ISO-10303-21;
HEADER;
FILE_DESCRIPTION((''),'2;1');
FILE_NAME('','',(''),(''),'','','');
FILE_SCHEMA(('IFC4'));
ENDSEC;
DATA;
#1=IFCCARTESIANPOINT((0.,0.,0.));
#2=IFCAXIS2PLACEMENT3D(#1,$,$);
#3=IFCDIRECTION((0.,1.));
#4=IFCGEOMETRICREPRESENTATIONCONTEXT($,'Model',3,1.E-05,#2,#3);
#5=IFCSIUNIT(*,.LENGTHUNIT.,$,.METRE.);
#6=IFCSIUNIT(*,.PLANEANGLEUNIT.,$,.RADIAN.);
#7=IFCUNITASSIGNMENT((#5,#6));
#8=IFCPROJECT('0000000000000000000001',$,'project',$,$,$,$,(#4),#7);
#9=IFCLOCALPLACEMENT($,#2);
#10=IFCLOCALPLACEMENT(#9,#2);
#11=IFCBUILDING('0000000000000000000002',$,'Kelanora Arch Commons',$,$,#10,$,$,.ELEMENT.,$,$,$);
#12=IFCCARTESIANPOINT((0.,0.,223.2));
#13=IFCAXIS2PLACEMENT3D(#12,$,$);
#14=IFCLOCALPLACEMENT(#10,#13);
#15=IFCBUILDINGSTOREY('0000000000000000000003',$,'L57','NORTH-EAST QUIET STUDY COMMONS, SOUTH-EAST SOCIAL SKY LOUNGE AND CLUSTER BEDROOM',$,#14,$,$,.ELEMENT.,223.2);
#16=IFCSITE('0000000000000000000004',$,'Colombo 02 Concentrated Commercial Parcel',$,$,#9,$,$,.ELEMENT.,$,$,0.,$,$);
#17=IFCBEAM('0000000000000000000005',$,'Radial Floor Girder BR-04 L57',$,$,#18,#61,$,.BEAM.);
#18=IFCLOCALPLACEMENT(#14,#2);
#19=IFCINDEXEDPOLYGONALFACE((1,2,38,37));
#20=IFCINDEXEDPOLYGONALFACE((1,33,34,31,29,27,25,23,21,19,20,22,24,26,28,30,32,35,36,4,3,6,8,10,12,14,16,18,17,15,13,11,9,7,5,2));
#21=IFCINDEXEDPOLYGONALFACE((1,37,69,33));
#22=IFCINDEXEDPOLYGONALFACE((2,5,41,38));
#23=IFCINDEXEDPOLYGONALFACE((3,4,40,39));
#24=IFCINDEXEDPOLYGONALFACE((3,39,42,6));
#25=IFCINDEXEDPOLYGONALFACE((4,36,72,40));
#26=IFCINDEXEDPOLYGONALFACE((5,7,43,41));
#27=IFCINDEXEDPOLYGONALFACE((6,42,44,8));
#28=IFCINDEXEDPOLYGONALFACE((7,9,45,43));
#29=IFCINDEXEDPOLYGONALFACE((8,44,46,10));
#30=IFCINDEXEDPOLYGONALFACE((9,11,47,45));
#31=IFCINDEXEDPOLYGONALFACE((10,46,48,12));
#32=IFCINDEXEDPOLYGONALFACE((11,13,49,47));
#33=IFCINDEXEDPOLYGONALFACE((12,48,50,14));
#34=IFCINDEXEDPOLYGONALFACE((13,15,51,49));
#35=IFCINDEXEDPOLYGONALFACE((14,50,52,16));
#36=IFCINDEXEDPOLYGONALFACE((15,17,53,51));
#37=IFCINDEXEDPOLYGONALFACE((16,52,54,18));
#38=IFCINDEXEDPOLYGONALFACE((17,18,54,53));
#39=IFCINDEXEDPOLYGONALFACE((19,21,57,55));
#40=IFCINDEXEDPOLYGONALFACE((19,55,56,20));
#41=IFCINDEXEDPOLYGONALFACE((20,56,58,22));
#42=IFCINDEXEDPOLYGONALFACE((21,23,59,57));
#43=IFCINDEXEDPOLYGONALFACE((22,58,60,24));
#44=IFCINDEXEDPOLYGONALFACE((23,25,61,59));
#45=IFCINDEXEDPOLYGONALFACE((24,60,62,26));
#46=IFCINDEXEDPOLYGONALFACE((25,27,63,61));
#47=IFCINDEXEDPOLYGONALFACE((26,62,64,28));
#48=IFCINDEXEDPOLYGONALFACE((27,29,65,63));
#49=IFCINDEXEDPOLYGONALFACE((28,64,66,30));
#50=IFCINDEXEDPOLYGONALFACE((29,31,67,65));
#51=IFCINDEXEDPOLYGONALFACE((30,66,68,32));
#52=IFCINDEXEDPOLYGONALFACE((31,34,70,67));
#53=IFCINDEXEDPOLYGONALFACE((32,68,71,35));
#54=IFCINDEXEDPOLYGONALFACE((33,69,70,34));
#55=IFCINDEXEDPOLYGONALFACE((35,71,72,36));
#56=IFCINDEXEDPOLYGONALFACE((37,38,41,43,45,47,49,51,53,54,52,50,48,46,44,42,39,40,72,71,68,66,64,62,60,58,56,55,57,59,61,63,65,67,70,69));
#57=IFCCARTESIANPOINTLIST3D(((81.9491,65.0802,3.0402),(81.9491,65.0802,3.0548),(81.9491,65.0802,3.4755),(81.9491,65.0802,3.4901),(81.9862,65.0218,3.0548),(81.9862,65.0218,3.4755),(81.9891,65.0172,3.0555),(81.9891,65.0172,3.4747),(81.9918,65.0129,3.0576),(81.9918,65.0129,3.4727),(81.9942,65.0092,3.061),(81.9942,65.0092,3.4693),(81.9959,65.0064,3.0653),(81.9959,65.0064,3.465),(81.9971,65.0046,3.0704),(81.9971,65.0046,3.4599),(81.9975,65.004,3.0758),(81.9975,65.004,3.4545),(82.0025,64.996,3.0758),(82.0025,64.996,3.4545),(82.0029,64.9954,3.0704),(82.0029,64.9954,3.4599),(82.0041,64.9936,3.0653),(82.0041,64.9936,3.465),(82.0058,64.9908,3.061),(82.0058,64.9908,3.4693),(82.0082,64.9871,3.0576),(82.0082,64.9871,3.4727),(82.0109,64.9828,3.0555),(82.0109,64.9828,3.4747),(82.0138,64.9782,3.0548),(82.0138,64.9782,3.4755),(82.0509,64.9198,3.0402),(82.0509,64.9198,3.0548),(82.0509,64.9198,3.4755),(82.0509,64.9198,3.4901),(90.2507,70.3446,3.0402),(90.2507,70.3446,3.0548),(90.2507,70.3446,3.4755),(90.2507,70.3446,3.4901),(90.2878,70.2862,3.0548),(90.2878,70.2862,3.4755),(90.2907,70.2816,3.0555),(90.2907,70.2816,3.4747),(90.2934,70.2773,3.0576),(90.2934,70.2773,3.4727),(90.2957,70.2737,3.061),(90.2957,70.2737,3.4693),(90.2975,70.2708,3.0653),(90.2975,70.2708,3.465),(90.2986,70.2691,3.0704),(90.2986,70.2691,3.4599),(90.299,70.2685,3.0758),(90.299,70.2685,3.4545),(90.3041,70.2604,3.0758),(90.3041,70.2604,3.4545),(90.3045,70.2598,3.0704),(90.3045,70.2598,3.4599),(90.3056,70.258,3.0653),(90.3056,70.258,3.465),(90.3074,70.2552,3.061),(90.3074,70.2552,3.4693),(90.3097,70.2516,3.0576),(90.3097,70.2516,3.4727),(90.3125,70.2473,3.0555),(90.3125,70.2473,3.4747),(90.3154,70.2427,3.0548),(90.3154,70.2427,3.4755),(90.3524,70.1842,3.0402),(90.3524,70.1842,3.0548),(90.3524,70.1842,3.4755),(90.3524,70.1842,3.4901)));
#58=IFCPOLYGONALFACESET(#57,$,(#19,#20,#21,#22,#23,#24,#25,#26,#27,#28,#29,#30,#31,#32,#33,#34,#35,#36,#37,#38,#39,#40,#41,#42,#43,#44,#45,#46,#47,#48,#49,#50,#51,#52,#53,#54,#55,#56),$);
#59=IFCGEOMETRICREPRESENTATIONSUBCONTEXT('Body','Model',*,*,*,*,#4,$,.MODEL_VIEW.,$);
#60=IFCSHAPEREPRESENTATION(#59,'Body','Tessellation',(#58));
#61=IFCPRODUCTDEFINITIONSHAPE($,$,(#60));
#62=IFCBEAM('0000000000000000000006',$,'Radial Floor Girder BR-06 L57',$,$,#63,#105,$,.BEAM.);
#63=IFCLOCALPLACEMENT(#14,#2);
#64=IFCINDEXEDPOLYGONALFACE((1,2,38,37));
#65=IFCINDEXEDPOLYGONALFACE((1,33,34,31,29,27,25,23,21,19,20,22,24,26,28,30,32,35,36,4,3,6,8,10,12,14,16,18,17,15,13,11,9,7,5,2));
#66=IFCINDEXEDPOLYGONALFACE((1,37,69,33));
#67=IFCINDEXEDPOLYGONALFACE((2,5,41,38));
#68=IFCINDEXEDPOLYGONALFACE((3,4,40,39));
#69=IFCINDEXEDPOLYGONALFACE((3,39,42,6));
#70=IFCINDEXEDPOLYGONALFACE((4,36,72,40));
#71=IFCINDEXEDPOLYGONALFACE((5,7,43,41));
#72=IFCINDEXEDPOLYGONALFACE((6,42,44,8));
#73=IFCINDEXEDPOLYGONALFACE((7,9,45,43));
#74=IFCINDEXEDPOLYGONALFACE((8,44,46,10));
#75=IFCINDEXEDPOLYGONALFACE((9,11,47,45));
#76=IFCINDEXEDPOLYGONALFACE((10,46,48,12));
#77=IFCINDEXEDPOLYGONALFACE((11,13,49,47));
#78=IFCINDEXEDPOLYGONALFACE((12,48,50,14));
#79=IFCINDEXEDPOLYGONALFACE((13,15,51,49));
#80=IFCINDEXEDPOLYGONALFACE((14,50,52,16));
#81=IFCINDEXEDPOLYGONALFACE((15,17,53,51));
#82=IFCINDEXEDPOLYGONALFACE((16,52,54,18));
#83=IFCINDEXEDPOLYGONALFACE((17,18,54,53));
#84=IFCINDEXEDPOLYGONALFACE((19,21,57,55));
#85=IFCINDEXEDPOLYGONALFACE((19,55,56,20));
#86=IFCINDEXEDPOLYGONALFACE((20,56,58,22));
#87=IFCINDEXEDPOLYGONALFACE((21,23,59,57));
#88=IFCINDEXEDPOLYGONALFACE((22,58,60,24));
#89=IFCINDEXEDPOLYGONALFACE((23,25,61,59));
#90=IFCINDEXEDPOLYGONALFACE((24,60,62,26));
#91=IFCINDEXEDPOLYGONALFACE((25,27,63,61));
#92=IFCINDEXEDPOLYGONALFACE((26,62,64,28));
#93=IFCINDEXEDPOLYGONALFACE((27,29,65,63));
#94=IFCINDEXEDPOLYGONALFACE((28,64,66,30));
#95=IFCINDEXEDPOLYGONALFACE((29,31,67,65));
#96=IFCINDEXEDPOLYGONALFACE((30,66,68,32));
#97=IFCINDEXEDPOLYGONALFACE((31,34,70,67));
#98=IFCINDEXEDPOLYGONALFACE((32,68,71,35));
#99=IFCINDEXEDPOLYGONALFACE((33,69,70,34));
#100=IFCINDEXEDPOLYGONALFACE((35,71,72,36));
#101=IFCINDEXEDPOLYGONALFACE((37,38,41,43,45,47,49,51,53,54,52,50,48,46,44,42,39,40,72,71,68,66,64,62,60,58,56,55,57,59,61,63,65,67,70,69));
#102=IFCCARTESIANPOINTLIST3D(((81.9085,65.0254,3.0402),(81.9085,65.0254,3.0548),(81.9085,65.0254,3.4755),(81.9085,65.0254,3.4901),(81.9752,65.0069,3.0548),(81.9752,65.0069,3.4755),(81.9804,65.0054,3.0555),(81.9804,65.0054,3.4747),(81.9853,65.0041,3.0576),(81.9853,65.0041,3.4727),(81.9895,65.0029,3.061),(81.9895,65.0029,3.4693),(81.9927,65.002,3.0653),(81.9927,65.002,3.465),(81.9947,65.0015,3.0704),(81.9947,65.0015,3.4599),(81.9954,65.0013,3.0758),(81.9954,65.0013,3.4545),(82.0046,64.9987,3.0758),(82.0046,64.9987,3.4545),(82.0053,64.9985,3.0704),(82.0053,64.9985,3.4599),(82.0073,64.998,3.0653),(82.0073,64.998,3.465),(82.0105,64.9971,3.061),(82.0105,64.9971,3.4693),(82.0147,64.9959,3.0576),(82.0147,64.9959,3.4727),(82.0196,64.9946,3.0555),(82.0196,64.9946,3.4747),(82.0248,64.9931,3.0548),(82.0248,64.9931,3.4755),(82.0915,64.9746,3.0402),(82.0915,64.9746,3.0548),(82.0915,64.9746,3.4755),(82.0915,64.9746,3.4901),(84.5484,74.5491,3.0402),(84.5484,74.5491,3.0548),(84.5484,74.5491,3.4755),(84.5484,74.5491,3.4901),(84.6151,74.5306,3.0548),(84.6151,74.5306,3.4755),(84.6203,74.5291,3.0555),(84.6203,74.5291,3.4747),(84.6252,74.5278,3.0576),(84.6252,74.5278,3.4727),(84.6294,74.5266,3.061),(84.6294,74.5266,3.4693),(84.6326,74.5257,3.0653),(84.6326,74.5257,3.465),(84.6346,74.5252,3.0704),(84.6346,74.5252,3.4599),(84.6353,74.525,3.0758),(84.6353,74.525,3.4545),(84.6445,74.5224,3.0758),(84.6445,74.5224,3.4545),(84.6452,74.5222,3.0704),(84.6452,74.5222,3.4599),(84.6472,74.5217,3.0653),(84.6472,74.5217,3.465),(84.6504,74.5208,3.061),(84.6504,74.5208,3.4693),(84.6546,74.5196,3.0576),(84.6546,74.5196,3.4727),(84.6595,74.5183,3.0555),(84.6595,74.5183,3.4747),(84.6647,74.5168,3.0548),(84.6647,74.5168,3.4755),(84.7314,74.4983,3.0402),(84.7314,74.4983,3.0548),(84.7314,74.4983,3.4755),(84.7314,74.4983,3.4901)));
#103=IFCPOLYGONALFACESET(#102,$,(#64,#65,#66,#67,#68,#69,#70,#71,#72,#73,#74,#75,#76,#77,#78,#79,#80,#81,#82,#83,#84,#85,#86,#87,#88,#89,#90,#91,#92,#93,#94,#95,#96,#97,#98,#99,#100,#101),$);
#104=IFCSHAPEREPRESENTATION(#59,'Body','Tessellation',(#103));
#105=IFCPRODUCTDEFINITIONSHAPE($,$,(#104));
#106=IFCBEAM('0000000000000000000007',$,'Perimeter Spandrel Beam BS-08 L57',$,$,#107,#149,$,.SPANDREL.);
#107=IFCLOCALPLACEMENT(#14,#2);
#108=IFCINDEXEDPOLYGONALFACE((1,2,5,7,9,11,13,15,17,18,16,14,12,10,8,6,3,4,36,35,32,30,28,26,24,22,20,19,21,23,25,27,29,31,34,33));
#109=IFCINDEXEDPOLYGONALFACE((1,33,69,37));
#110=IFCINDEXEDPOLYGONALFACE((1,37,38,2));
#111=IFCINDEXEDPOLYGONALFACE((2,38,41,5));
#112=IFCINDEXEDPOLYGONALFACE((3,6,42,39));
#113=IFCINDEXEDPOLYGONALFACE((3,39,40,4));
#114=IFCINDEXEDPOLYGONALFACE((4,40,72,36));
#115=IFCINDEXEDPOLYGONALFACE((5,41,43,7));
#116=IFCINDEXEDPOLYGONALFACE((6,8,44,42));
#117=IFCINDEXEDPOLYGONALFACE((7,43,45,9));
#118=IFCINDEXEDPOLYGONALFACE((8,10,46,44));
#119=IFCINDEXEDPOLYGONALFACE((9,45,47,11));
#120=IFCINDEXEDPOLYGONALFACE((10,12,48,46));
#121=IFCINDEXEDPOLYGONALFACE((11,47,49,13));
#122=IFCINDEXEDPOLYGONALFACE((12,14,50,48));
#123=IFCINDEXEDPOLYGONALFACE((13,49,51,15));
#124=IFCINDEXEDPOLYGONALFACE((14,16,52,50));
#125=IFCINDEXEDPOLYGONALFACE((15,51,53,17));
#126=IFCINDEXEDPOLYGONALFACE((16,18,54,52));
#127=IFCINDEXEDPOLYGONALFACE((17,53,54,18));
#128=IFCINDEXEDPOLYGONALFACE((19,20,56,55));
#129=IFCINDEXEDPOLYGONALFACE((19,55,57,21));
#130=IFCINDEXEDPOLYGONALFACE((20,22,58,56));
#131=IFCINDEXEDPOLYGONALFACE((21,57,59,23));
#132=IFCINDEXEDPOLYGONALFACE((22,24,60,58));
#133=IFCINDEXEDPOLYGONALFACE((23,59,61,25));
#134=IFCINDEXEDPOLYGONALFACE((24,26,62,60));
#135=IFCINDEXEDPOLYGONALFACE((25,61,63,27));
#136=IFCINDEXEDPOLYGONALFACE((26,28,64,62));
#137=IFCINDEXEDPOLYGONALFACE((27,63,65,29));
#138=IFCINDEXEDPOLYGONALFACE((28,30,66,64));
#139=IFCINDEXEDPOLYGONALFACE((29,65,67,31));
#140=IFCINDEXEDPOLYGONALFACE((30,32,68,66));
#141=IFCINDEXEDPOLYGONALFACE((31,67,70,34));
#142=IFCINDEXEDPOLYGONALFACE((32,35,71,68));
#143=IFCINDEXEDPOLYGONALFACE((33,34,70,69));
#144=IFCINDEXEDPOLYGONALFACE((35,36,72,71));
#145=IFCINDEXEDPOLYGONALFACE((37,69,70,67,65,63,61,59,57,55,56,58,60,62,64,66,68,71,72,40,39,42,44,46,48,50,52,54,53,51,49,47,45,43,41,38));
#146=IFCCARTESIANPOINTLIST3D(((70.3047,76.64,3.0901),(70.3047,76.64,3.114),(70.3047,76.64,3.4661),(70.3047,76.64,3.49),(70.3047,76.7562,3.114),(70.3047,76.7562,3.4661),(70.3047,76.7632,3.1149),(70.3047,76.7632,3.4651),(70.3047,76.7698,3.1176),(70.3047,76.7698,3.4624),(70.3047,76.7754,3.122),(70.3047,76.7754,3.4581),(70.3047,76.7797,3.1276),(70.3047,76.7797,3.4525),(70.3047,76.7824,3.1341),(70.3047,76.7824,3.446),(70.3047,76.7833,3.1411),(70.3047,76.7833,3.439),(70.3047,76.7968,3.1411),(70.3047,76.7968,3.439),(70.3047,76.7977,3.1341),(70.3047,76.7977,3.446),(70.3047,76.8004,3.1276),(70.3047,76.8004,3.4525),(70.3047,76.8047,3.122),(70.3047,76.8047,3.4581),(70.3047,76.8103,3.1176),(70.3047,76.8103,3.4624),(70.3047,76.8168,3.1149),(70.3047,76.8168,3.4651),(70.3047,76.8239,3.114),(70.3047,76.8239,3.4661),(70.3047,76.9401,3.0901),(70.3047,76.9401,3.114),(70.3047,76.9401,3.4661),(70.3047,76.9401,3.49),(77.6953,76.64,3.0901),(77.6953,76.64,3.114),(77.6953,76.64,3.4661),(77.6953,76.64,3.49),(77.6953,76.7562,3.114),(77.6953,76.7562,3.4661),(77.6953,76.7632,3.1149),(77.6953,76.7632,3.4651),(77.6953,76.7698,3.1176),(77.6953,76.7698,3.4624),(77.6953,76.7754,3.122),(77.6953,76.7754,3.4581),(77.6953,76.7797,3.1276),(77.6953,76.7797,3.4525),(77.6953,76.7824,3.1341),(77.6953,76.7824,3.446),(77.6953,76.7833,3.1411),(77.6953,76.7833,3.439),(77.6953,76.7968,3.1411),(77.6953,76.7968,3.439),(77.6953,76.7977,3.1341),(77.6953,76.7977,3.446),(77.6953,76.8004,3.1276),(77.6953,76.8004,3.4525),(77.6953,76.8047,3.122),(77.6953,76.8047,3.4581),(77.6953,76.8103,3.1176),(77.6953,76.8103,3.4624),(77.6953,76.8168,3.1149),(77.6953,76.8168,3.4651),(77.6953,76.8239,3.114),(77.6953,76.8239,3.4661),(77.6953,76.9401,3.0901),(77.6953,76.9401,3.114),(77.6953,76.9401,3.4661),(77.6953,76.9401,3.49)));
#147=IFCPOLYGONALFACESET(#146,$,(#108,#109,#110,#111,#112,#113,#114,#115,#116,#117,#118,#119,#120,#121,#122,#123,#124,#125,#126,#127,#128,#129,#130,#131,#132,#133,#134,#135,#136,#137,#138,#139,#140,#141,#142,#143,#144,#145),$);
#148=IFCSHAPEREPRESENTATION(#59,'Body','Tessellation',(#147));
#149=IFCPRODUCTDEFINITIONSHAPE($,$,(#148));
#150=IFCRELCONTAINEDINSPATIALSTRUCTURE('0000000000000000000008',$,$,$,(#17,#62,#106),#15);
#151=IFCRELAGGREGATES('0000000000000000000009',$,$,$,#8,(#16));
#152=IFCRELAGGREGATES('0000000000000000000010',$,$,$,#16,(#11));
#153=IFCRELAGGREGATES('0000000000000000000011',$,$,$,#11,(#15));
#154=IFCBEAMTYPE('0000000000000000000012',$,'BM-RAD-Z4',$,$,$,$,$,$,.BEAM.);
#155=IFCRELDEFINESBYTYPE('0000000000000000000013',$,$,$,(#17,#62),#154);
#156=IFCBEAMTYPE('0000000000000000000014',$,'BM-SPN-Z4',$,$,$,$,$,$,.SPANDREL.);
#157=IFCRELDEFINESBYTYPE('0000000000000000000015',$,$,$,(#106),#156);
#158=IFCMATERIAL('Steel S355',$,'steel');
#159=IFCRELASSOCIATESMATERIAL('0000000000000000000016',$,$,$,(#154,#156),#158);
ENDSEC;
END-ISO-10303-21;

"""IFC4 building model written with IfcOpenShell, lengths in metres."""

from ifc_helpers import new_model, si_unit, direction, frame, origin, origin_2d, place, context, subcontext, project, spatial, i_section, extrude, material, material_profile, profile_set, type_object, element, save


model = new_model("IFC4")

# Units and contexts
model_context = context("Model", 3, precision=1e-05, world=origin(), true_north=direction((0.0, 1.0)))
body_context = subcontext(model_context, "Body", "Model", "MODEL_VIEW")
ifc_project = project(units=[si_unit("LENGTHUNIT", "METRE"), si_unit("PLANEANGLEUNIT", "RADIAN")], contexts=[model_context])

# Site, building, storey
site_placement = place(None, origin())
site = spatial("IfcSite", under=ifc_project, at=site_placement, Name="Colombo 02 Concentrated Commercial Parcel", CompositionType="ELEMENT", RefElevation=0.0)
building_placement = place(site_placement, origin())
building = spatial("IfcBuilding", under=site, at=building_placement, Name="Kelanora Arch Commons", CompositionType="ELEMENT")
storey_placement = place(building_placement, frame((0.0, 0.0, 223.2)))
storey = spatial("IfcBuildingStorey", under=building, at=storey_placement, Name="L57", Description="NORTH-EAST QUIET STUDY COMMONS, SOUTH-EAST SOCIAL SKY LOUNGE AND CLUSTER BEDROOM", CompositionType="ELEMENT", Elevation=223.2)

# Beams
ifc_material_1 = material(Name="Steel S355", Category="steel")
ifc_material_profile_1 = material_profile(ifc_material_1, i_section(OverallWidth=0.1899, OverallDepth=0.45, WebThickness=0.0095, FlangeThickness=0.0146, FilletRadius=0.021, at=origin_2d()), Name="IPE450")
ifc_profile_set_1 = profile_set([ifc_material_profile_1], Name="Steel S355")
beam_type_1 = type_object("IfcBeamType", Name="BM-RAD-Z4", PredefinedType="BEAM", material=ifc_profile_set_1)
beam_1_placement = place(storey_placement, frame((82.0, 65.0, 3.2651), z_axis=(0.844507, 0.535544, 0.0), x_axis=(-0.535544, 0.844507, 0.0)))
element("IfcBeam", 1, at=beam_1_placement, inside=storey, type_object=beam_type_1, Name="Radial Floor Girder BR-04 L57", PredefinedType="BEAM", context=body_context, shape_type="SweptSolid", body=[
    extrude(i_section(OverallWidth=0.1899, OverallDepth=0.45, WebThickness=0.0095, FlangeThickness=0.0146, FilletRadius=0.021, at=origin_2d()), origin(), (0.0, 0.0, 1.0), 9.8301),
])
beam_2_placement = place(storey_placement, frame((82.0, 65.0, 3.2651), z_axis=(0.26712, 0.963663, 0.0), x_axis=(-0.963663, 0.26712, 0.0)))
element("IfcBeam", 2, at=beam_2_placement, inside=storey, type_object=beam_type_1, Name="Radial Floor Girder BR-06 L57", PredefinedType="BEAM", context=body_context, shape_type="SweptSolid", body=[
    extrude(i_section(OverallWidth=0.1899, OverallDepth=0.45, WebThickness=0.0095, FlangeThickness=0.0146, FilletRadius=0.021, at=origin_2d()), origin(), (0.0, 0.0, 1.0), 9.8828),
])
ifc_material_profile_2 = material_profile(ifc_material_1, i_section(OverallWidth=0.3, OverallDepth=0.3999, WebThickness=0.0134, FlangeThickness=0.0239, FilletRadius=0.0271, at=origin_2d()), Name="HEB400")
ifc_profile_set_2 = profile_set([ifc_material_profile_2], Name="Steel S355")
beam_type_2 = type_object("IfcBeamType", Name="BM-SPN-Z4", PredefinedType="SPANDREL", material=ifc_profile_set_2)
beam_3_placement = place(storey_placement, frame((77.6953, 76.79, 3.29), z_axis=(-1.0, 0.0, 0.0), x_axis=(0.0, -1.0, 0.0)))
element("IfcBeam", 3, at=beam_3_placement, inside=storey, type_object=beam_type_2, Name="Perimeter Spandrel Beam BS-08 L57", PredefinedType="SPANDREL", context=body_context, shape_type="SweptSolid", body=[
    extrude(i_section(OverallWidth=0.3, OverallDepth=0.3999, WebThickness=0.0134, FlangeThickness=0.0239, FilletRadius=0.0271, at=origin_2d()), origin(), (0.0, 0.0, 1.0), 7.3906),
])

save(model, "model.ifc")
